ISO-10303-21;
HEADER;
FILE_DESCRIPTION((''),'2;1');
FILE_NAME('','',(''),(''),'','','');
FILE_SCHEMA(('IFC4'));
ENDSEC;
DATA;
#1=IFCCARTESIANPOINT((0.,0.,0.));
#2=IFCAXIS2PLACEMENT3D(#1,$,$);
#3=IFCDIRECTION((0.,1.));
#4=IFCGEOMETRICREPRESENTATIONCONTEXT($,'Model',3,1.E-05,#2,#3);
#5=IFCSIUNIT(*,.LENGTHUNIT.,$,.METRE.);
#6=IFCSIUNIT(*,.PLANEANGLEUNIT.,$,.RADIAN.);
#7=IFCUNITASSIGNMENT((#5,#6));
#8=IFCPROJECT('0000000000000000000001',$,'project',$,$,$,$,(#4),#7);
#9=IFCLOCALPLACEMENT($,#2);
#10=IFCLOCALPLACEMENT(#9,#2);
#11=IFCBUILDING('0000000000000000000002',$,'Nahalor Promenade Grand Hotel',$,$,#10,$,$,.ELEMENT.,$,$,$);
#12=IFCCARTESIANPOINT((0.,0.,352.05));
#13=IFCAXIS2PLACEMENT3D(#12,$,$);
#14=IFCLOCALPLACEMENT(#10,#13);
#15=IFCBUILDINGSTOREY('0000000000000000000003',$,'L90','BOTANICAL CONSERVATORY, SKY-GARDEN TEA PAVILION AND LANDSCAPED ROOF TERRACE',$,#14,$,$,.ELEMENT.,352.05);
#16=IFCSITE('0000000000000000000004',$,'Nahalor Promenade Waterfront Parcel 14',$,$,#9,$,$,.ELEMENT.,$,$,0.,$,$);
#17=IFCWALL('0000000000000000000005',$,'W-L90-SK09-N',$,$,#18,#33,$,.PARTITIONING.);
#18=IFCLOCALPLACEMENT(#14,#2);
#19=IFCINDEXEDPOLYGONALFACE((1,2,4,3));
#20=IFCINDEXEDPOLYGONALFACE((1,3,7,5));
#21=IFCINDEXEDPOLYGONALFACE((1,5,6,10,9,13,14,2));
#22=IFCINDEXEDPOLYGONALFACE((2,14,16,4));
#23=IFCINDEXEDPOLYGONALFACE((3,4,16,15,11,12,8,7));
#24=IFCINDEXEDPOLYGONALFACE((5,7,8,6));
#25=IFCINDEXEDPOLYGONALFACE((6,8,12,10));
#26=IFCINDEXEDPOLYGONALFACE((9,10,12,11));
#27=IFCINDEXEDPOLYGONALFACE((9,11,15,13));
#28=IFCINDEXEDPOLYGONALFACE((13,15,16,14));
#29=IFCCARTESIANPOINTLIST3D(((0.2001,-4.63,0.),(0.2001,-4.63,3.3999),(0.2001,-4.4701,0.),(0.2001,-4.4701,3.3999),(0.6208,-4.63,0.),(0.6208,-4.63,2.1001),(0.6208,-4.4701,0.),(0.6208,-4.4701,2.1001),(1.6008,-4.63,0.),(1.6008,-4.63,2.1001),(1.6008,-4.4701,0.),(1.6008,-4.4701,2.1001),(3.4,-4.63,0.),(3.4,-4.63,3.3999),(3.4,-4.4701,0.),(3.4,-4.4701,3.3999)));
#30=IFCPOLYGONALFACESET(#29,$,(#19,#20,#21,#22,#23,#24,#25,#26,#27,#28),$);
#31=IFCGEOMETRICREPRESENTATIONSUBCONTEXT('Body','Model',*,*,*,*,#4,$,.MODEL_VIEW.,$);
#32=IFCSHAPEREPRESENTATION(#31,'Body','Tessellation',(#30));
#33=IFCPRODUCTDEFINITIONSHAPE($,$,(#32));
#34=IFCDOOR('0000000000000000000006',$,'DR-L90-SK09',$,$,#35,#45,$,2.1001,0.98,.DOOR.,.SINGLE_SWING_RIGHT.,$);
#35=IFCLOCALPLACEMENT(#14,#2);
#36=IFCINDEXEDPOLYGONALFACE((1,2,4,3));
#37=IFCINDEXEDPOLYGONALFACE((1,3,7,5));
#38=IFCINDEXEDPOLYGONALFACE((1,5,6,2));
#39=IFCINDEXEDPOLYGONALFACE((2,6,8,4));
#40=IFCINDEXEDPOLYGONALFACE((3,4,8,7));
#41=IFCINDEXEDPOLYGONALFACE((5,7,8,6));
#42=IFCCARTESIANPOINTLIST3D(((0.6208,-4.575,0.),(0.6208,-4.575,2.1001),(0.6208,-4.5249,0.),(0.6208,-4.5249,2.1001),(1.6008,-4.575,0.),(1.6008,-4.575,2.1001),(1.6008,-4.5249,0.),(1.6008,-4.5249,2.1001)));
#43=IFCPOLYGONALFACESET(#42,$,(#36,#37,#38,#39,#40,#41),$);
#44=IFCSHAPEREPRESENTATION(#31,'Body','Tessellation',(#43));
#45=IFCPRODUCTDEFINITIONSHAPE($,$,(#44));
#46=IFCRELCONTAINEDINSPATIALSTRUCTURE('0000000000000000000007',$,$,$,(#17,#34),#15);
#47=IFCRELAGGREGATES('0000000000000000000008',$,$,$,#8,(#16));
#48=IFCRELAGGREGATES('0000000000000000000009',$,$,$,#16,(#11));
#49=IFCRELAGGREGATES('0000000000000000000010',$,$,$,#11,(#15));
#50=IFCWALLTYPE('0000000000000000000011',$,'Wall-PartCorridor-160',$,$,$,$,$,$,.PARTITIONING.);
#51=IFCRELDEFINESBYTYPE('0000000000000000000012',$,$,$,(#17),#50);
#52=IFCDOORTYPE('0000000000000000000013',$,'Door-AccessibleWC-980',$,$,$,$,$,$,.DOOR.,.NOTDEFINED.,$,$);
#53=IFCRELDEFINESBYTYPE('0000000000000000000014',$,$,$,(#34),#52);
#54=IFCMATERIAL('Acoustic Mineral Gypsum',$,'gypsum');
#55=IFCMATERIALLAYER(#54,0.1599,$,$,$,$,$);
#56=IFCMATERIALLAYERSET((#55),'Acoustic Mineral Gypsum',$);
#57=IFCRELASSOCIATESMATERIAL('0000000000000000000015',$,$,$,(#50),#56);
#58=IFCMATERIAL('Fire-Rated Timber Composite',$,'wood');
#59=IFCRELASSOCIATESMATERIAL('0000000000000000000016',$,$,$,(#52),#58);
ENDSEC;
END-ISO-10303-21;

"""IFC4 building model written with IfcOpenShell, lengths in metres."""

from ifc_helpers import new_model, si_unit, direction, frame, frame_2d, origin, place, context, subcontext, project, spatial, rectangle, extrude, source, transform, mapped, material, layer, layer_set, type_object, element, fill, save


model = new_model("IFC4")

# Units and contexts
model_context = context("Model", 3, precision=1e-05, world=origin(), true_north=direction((0.0, 1.0)))
body_context = subcontext(model_context, "Body", "Model", "MODEL_VIEW")
ifc_project = project(units=[si_unit("LENGTHUNIT", "METRE"), si_unit("PLANEANGLEUNIT", "RADIAN")], contexts=[model_context])

# Site, building, storey
site_placement = place(None, origin())
site = spatial("IfcSite", under=ifc_project, at=site_placement, Name="Nahalor Promenade Waterfront Parcel 14", CompositionType="ELEMENT", RefElevation=0.0)
building_placement = place(site_placement, origin())
building = spatial("IfcBuilding", under=site, at=building_placement, Name="Nahalor Promenade Grand Hotel", CompositionType="ELEMENT")
storey_placement = place(building_placement, frame((0.0, 0.0, 352.05)))
storey = spatial("IfcBuildingStorey", under=building, at=storey_placement, Name="L90", Description="BOTANICAL CONSERVATORY, SKY-GARDEN TEA PAVILION AND LANDSCAPED ROOF TERRACE", CompositionType="ELEMENT", Elevation=352.05)

# Shared definitions
ifc_material_1 = material(Name="Acoustic Mineral Gypsum", Category="gypsum")
ifc_layer_1 = layer(ifc_material_1, 0.1599)
ifc_layer_set_1 = layer_set([ifc_layer_1], Name="Acoustic Mineral Gypsum")
wall_type = type_object("IfcWallType", Name="Wall-PartCorridor-160", PredefinedType="PARTITIONING", material=ifc_layer_set_1)

# Wall, opening, door
ifc_material_2 = material(Name="Fire-Rated Timber Composite", Category="wood")
door_type_1 = type_object("IfcDoorType", Name="Door-AccessibleWC-980", OperationType="NOTDEFINED", PredefinedType="DOOR", material=ifc_material_2)
shared_shape_1 = source(origin(), body_context, "Body", "SweptSolid", [
    extrude(rectangle(XDim=0.98, YDim=2.1001, at=frame_2d((0.49, 1.05))), frame((0.0, 0.0249, 0.0), z_axis=(0.0, -1.0, 0.0), x_axis=(1.0, 0.0, 0.0)), (0.0, 0.0, 1.0), 0.05),
])
shared_shape_2 = source(origin(), body_context, "Body", "SweptSolid", [
    extrude(rectangle(XDim=3.2, YDim=0.1599, at=frame_2d((1.6001, 0.0))), origin(), (0.0, 0.0, 1.0), 3.3999),
])
wall_1_placement = place(storey_placement, frame((0.2, -4.55, 0.0), z_axis=(0.0, 0.0, 1.0), x_axis=(1.0, 0.0, 0.0)))
wall_1 = element("IfcWall", 1, at=wall_1_placement, inside=storey, type_object=wall_type, Name="W-L90-SK09-N", PredefinedType="PARTITIONING", context=body_context, shape_type="MappedRepresentation", body=[
    mapped(shared_shape_2, transform((0.0, 0.0, 0.0), scale=1.0)),
])
opening_1_placement = place(wall_1_placement, frame((0.4209, 0.0, 0.0)))
opening_1 = element("IfcOpeningElement", 2, at=opening_1_placement, cuts=wall_1, PredefinedType="OPENING", context=body_context, shape_type="SweptSolid", body=[
    extrude(rectangle(XDim=0.98, YDim=2.1001, at=frame_2d((0.49, 1.05))), frame((0.0, 0.0898, 0.0), z_axis=(0.0, -1.0, 0.0), x_axis=(1.0, 0.0, 0.0)), (0.0, 0.0, 1.0), 0.1799),
])
door_1_placement = place(opening_1_placement, frame((0.98, 0.0, 0.0), z_axis=(0.0, 0.0, 1.0), x_axis=(-1.0, 0.0, 0.0)))
door_1 = element("IfcDoor", 3, at=door_1_placement, inside=storey, type_object=door_type_1, Name="DR-L90-SK09", OperationType="SINGLE_SWING_RIGHT", OverallHeight=2.1001, OverallWidth=0.98, PredefinedType="DOOR", context=body_context, shape_type="MappedRepresentation", body=[
    mapped(shared_shape_1, transform((0.0, 0.0, 0.0), scale=1.0)),
])
fill(opening_1, door_1)

save(model, "model.ifc")
